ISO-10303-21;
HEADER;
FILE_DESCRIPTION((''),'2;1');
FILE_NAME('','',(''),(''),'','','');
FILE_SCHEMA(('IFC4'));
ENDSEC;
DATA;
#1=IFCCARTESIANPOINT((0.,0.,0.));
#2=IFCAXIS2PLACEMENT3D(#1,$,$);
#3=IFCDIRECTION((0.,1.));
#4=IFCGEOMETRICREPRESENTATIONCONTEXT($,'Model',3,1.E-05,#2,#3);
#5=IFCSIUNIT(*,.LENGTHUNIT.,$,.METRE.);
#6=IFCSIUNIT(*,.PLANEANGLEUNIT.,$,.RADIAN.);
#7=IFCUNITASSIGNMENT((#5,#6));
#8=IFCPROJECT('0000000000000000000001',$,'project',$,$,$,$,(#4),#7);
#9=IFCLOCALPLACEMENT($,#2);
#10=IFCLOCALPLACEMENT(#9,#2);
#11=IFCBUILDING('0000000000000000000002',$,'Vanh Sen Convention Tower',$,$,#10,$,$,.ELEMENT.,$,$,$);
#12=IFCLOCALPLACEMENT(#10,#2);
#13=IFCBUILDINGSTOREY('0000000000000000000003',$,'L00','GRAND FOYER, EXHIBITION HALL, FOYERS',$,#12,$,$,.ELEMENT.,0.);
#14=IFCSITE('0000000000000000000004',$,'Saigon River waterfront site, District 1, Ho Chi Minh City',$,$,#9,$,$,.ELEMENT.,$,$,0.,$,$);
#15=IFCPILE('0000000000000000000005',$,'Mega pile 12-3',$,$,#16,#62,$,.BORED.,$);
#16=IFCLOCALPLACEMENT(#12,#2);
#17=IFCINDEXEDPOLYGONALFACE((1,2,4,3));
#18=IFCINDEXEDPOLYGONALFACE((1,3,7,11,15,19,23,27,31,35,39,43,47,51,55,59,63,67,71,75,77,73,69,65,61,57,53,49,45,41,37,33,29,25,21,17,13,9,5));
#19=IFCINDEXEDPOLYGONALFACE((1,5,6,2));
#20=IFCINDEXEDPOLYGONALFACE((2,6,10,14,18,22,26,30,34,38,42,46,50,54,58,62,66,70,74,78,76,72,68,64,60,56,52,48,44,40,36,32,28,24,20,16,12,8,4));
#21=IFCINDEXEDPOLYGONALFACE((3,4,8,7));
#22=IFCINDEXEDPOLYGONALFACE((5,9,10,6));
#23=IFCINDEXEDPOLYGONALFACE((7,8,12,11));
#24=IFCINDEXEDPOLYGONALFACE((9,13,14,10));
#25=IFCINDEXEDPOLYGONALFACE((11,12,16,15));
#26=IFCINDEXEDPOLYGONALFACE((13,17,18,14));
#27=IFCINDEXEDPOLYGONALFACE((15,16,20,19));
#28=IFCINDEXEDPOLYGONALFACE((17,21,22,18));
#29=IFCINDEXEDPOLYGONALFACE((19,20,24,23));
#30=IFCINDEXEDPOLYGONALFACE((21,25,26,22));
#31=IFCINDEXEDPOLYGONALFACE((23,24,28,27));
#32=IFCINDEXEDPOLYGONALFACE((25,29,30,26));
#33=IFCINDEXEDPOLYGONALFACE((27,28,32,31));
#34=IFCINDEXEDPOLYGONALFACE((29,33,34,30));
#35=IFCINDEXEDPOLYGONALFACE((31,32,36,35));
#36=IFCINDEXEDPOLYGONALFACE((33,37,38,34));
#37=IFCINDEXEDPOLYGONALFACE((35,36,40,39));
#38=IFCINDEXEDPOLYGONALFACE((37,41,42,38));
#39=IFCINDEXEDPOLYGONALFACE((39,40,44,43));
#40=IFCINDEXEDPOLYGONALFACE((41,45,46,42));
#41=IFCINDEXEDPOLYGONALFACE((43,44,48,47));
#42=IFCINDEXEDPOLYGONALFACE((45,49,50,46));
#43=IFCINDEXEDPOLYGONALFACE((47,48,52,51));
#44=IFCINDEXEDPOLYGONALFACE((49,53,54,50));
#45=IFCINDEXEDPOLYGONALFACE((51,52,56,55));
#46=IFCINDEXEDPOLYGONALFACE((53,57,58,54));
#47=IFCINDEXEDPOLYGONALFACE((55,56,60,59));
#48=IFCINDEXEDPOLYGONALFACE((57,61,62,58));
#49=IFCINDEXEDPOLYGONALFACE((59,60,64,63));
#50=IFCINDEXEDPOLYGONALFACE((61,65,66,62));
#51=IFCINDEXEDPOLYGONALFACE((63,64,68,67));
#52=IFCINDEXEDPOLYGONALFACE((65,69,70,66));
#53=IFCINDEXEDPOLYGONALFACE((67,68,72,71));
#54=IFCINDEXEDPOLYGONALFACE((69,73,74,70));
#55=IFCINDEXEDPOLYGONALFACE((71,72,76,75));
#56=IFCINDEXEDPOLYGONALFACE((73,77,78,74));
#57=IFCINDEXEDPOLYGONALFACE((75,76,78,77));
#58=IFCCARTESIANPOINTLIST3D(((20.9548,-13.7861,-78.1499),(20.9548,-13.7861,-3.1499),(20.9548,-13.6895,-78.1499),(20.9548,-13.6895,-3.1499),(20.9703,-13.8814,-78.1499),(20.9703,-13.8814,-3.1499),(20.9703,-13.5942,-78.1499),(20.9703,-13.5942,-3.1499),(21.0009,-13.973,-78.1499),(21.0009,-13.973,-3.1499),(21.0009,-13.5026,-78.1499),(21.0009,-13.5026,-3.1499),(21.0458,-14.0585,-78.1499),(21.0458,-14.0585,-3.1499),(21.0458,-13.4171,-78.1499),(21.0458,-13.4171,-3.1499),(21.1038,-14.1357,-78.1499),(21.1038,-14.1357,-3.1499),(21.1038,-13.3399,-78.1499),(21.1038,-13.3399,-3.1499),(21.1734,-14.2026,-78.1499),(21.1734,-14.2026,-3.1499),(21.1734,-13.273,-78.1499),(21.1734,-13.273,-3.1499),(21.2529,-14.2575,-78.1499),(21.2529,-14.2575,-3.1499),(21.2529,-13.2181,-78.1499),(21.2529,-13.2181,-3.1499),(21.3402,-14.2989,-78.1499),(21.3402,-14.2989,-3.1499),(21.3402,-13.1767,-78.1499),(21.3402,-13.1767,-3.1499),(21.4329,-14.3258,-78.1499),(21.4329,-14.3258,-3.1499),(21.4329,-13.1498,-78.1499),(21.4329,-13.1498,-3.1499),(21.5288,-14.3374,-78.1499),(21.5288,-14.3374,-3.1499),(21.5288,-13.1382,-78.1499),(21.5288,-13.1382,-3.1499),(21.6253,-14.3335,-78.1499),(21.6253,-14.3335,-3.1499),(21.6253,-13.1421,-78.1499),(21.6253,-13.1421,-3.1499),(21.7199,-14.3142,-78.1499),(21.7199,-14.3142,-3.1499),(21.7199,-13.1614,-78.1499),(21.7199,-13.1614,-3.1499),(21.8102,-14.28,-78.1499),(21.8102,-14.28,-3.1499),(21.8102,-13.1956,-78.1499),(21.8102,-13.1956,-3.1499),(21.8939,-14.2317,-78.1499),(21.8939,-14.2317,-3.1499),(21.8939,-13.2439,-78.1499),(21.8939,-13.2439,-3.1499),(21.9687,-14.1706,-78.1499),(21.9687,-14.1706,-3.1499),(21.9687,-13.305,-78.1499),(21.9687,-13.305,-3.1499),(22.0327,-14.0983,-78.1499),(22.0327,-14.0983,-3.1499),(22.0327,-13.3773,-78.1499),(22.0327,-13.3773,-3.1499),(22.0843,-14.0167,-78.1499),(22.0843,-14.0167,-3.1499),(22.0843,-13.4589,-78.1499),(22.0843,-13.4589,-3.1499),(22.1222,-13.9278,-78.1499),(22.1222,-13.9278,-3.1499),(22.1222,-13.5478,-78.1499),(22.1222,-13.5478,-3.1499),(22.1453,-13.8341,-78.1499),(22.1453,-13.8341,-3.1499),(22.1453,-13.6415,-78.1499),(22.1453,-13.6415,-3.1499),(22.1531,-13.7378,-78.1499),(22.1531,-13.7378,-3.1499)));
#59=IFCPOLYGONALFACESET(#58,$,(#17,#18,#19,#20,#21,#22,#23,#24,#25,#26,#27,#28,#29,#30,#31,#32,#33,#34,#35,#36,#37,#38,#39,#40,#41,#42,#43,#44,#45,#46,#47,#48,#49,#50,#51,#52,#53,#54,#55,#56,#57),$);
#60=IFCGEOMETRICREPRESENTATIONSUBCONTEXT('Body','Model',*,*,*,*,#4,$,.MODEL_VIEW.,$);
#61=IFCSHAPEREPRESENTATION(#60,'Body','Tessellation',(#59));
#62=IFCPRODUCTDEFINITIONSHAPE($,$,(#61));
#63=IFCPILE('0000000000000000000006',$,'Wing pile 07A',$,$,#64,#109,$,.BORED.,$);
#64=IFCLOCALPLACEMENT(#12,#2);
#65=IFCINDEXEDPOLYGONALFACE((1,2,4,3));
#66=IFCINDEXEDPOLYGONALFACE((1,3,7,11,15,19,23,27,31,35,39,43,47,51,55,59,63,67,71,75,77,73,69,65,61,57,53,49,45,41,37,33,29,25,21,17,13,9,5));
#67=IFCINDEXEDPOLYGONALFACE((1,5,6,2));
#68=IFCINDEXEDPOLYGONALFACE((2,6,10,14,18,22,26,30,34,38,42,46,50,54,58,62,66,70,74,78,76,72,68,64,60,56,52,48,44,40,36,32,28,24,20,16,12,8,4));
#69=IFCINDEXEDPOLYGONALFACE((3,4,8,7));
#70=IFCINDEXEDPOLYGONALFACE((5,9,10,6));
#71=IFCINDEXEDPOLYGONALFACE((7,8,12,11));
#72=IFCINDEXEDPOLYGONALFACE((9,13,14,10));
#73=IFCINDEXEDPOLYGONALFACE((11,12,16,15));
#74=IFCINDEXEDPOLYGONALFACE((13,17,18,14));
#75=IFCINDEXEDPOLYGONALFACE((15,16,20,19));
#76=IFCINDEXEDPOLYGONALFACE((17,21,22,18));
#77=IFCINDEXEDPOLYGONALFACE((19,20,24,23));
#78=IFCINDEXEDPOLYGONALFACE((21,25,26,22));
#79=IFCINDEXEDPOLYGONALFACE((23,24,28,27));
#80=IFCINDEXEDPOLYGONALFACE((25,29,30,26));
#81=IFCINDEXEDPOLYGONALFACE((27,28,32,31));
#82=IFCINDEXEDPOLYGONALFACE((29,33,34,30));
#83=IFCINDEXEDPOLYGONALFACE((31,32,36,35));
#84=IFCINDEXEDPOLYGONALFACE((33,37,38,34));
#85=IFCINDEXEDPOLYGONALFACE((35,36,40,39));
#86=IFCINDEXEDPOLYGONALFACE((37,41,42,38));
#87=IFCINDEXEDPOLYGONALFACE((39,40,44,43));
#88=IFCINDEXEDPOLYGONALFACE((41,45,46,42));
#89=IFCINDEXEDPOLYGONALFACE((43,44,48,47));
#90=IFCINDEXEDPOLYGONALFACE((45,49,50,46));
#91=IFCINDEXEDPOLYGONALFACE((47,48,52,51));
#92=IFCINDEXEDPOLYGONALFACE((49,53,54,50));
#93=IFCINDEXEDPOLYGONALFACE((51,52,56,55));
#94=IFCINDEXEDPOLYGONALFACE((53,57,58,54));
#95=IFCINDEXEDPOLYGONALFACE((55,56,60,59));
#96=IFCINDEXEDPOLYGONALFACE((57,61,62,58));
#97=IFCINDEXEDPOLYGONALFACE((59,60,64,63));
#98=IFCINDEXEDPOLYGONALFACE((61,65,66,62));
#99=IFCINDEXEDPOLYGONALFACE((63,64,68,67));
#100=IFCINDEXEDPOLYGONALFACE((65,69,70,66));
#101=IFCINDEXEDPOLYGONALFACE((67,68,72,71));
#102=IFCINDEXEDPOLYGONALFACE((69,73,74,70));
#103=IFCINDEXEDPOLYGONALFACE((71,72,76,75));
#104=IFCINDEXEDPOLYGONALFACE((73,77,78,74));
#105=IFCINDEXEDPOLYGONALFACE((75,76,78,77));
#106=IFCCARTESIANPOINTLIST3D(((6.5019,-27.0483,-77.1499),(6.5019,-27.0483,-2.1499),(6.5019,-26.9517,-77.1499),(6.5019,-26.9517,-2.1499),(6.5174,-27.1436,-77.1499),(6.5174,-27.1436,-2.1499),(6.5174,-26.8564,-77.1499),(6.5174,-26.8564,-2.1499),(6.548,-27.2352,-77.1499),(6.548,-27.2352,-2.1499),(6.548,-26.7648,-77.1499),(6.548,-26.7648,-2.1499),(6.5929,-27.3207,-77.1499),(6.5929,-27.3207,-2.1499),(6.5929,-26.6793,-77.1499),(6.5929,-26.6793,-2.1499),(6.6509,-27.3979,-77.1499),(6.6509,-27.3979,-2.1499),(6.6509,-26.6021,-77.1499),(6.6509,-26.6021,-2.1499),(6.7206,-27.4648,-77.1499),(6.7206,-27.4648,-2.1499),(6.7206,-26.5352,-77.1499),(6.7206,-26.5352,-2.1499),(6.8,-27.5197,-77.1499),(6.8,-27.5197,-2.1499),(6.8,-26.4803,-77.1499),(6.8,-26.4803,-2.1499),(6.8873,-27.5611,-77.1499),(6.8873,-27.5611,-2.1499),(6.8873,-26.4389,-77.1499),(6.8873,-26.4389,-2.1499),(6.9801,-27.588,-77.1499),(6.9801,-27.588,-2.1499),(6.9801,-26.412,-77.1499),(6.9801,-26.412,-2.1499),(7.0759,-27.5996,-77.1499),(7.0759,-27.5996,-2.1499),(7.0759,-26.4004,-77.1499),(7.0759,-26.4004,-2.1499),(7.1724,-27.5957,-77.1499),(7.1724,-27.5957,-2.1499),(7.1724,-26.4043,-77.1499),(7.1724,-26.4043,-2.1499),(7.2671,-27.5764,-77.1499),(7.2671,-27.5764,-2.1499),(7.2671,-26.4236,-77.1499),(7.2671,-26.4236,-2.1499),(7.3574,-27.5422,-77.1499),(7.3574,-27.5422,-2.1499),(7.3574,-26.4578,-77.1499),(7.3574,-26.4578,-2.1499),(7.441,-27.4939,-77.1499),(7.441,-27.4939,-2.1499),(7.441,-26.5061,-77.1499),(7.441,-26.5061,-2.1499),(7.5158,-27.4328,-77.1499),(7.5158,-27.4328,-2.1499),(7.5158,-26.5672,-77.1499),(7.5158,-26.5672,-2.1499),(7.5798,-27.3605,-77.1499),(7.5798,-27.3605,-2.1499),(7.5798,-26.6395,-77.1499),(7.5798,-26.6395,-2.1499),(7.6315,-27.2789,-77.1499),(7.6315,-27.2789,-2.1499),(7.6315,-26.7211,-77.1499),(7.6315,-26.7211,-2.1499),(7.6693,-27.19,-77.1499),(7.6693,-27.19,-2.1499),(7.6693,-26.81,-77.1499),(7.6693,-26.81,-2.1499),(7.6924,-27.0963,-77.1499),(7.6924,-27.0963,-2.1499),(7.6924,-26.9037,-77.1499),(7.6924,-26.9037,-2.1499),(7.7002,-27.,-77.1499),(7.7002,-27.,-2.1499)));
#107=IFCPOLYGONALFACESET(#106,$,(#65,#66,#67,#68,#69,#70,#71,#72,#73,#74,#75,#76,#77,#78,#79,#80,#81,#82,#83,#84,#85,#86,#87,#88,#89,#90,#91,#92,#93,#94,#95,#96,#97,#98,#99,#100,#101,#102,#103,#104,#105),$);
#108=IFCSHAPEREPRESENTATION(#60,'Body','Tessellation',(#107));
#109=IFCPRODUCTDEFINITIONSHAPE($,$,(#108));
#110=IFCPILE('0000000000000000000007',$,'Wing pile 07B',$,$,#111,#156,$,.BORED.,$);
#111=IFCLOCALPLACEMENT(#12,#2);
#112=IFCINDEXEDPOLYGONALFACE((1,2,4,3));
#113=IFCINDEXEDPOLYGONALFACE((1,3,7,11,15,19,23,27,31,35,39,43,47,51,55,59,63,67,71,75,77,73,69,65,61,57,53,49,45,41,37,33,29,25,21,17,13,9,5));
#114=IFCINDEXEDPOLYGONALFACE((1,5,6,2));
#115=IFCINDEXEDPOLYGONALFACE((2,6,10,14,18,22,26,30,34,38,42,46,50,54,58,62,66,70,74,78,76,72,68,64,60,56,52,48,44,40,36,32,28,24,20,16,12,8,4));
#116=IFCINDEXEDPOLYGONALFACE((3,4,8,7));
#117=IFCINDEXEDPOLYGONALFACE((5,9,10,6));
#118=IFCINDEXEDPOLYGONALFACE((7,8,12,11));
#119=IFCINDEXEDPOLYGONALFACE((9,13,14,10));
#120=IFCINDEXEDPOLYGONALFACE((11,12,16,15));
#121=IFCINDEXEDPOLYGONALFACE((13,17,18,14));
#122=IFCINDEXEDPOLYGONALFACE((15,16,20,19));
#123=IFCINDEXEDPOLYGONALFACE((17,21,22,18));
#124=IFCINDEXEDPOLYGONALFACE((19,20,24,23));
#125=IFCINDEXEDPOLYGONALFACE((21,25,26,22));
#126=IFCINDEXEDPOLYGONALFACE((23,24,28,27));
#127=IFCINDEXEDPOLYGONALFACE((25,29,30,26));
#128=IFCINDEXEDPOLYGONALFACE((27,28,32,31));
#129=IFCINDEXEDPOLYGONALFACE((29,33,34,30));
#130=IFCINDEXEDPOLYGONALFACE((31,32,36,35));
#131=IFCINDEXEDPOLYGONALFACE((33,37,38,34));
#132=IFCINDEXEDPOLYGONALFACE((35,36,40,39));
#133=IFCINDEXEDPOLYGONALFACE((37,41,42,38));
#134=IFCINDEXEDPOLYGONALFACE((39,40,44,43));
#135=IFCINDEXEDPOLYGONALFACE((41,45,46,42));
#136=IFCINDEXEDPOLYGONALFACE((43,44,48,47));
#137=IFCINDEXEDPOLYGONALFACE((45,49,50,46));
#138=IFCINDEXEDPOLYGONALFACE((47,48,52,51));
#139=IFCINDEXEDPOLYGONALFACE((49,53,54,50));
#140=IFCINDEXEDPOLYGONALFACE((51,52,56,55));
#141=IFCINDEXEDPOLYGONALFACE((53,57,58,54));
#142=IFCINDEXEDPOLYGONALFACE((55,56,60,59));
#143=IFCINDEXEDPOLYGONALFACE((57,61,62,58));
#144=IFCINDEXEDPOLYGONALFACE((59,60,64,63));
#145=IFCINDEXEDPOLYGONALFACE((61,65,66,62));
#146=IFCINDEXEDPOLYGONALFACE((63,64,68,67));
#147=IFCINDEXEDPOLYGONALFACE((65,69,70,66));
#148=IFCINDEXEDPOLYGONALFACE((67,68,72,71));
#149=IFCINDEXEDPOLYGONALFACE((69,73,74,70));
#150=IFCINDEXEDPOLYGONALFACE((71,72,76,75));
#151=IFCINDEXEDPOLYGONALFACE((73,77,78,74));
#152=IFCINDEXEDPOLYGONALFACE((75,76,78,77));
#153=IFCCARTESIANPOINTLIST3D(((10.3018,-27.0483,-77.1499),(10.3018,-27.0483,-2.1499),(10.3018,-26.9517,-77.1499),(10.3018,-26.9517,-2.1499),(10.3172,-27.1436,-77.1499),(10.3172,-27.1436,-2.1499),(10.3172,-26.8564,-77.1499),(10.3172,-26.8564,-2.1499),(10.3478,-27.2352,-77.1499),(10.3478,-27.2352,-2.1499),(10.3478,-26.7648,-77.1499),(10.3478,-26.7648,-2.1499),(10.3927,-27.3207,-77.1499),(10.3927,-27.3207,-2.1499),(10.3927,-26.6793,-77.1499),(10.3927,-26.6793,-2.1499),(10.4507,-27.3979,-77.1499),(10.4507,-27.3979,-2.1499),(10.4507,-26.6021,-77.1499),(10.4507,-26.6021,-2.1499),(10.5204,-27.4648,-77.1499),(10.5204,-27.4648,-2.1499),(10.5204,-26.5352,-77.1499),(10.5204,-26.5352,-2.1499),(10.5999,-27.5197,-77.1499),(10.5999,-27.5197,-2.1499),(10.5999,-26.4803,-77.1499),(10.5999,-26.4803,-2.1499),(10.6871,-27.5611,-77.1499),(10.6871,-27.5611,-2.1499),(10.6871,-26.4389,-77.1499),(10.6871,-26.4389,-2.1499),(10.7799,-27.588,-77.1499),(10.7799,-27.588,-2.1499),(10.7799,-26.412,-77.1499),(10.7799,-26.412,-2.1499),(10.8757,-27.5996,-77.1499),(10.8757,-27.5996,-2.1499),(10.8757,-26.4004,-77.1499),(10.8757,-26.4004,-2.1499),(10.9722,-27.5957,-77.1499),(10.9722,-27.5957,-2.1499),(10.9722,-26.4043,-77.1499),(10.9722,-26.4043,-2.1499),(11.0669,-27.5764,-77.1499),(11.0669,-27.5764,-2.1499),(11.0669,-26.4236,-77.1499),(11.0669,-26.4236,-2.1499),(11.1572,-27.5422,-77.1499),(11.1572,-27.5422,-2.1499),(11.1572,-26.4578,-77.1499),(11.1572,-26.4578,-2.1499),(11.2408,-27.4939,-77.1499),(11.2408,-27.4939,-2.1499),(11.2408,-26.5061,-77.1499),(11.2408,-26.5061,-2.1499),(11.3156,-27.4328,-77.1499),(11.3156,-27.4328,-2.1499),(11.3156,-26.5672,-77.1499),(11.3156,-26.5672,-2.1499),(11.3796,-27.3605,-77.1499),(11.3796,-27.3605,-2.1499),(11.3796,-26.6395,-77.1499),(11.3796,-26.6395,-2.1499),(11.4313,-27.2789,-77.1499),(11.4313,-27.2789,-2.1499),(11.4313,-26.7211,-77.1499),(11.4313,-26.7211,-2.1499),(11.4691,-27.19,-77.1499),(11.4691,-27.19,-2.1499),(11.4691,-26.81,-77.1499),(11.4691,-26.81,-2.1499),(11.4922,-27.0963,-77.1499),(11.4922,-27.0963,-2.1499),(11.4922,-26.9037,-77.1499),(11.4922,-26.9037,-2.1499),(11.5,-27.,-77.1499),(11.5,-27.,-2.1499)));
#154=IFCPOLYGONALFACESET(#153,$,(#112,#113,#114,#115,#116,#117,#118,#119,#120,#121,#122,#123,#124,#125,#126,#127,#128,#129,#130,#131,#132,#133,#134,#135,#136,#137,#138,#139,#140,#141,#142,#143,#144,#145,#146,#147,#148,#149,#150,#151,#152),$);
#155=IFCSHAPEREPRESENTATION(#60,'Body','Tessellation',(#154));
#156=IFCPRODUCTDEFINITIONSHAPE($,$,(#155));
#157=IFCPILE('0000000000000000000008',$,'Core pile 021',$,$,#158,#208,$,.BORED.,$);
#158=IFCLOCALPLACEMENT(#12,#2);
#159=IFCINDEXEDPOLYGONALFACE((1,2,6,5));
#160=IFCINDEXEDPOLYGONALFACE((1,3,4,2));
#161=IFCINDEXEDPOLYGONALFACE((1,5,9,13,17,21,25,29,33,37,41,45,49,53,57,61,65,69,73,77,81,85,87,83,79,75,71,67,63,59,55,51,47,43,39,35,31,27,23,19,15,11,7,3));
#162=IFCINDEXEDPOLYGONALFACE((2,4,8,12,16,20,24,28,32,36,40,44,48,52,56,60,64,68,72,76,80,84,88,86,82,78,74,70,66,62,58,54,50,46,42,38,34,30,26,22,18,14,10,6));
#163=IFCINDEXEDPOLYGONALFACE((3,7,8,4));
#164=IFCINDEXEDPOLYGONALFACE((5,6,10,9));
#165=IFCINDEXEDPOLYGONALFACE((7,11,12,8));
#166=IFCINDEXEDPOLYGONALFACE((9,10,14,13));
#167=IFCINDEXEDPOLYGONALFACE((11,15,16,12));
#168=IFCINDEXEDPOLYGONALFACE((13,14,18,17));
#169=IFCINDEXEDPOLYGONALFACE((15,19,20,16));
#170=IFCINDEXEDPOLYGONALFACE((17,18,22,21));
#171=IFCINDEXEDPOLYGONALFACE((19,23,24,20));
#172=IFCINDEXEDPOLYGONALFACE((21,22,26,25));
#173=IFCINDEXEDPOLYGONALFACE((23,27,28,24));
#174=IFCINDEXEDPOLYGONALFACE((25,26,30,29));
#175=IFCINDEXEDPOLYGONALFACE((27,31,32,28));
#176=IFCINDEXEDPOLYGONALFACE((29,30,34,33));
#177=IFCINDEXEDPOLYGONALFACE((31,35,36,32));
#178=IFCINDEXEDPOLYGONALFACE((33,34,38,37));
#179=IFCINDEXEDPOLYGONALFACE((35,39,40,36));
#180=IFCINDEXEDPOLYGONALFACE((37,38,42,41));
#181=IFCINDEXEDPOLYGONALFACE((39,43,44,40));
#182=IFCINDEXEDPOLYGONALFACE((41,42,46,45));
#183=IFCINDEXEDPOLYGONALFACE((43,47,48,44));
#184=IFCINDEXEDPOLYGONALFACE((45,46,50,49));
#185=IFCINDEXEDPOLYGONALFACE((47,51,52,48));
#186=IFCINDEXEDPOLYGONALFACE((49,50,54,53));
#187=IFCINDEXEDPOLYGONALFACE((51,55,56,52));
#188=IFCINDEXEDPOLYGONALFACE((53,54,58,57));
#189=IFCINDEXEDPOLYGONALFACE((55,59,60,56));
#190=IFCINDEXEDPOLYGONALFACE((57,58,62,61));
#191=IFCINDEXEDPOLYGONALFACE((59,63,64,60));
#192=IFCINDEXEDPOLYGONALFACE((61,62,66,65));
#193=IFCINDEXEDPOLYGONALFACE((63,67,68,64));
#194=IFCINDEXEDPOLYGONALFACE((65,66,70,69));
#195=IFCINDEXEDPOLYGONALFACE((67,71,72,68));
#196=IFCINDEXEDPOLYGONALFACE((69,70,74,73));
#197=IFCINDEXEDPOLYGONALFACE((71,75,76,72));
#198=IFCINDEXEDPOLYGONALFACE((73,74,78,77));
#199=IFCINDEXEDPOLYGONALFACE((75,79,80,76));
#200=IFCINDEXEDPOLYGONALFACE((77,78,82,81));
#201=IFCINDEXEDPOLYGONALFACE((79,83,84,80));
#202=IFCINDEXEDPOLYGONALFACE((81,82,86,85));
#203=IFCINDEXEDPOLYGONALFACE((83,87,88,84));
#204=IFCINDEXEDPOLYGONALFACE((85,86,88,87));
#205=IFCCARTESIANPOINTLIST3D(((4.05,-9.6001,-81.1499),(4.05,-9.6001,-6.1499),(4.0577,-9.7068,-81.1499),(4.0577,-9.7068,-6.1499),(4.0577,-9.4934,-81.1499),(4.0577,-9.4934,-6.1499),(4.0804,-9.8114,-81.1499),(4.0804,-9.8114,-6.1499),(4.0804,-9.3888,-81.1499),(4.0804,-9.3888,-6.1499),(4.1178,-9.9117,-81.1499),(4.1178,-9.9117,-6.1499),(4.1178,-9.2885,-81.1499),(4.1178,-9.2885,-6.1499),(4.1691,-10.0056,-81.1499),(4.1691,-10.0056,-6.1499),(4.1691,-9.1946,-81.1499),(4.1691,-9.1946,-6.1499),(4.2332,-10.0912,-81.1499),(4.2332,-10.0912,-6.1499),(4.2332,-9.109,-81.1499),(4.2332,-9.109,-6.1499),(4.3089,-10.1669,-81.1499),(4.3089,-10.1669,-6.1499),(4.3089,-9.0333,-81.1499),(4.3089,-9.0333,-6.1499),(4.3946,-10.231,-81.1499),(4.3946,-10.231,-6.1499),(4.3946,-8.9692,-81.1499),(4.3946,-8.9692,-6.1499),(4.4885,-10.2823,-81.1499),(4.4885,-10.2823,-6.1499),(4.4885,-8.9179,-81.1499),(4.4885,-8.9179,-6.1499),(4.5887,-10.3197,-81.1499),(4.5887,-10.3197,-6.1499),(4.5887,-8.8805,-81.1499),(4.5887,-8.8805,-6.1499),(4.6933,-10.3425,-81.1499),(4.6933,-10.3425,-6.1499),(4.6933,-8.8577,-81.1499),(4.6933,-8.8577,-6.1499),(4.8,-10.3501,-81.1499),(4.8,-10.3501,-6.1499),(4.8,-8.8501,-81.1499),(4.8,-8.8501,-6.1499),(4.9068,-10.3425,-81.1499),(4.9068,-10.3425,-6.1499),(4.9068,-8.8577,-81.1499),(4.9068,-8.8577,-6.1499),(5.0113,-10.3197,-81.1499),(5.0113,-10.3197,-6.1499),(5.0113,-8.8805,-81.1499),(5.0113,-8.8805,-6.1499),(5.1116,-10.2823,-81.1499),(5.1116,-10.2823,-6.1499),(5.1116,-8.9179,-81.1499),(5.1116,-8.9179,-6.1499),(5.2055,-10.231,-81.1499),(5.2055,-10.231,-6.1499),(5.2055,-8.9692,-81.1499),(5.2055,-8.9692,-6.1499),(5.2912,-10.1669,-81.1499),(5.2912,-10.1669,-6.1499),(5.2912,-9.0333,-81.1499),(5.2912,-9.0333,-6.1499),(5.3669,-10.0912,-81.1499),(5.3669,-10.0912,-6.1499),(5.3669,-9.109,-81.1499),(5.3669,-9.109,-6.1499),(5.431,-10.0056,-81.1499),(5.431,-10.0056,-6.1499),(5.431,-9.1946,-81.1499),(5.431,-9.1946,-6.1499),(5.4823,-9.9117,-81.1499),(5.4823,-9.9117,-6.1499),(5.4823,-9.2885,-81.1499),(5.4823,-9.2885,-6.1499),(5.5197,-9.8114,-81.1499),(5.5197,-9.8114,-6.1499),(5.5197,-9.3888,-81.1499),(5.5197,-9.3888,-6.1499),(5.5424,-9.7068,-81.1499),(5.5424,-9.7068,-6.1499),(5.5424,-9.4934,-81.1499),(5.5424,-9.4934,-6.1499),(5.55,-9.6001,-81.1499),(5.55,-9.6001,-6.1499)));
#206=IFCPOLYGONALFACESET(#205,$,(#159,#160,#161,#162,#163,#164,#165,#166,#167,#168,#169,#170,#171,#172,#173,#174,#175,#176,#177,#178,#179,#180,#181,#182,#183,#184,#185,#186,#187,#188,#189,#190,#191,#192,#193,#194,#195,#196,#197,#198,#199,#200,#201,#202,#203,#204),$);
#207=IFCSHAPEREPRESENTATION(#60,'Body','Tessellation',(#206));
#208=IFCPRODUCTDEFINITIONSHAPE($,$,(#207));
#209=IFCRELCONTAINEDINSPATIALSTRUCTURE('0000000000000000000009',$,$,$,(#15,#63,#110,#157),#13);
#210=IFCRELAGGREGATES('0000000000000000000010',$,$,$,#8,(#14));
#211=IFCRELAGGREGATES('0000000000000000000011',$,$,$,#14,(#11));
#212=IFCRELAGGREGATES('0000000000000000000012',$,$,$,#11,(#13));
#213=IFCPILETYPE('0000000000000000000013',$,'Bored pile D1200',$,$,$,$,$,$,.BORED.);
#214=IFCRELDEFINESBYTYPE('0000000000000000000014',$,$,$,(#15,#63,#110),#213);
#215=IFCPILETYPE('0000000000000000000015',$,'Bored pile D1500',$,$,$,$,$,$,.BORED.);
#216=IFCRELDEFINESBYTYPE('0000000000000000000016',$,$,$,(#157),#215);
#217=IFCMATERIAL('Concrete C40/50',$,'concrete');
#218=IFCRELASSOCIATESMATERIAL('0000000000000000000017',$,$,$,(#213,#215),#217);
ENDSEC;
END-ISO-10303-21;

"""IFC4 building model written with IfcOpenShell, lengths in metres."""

from ifc_helpers import new_model, si_unit, direction, frame, origin, origin_2d, place, context, subcontext, project, spatial, circle, extrude, material, material_profile, profile_set, type_object, element, save


model = new_model("IFC4")

# Units and contexts
model_context = context("Model", 3, precision=1e-05, world=origin(), true_north=direction((0.0, 1.0)))
body_context = subcontext(model_context, "Body", "Model", "MODEL_VIEW")
ifc_project = project(units=[si_unit("LENGTHUNIT", "METRE"), si_unit("PLANEANGLEUNIT", "RADIAN")], contexts=[model_context])

# Site, building, storey
site_placement = place(None, origin())
site = spatial("IfcSite", under=ifc_project, at=site_placement, Name="Saigon River waterfront site, District 1, Ho Chi Minh City", CompositionType="ELEMENT", RefElevation=0.0)
building_placement = place(site_placement, origin())
building = spatial("IfcBuilding", under=site, at=building_placement, Name="Vanh Sen Convention Tower", CompositionType="ELEMENT")
storey_placement = place(building_placement, origin())
storey = spatial("IfcBuildingStorey", under=building, at=storey_placement, Name="L00", Description="GRAND FOYER, EXHIBITION HALL, FOYERS", CompositionType="ELEMENT", Elevation=0.0)

# Piles
ifc_material_1 = material(Name="Concrete C40/50", Category="concrete")
ifc_material_profile_1 = material_profile(ifc_material_1, circle(Radius=0.6001, at=origin_2d()), Name="Bored pile D1200")
ifc_profile_set_1 = profile_set([ifc_material_profile_1], Name="Concrete C40/50")
pile_type_1 = type_object("IfcPileType", Name="Bored pile D1200", PredefinedType="BORED", material=ifc_profile_set_1)
for number, where, z_axis, x_axis, name in (
    (1, (21.553, -13.7378, -3.1499), (0.0, 0.0, -1.0), (1.0, 0.0, 0.0), "Mega pile 12-3"),
    (2, (7.1001, -27.0, -2.1499), (0.0, 0.0, -1.0), (1.0, 0.0, 0.0), "Wing pile 07A"),
    (3, (10.8999, -27.0, -2.1499), (0.0, 0.0, -1.0), (1.0, 0.0, 0.0), "Wing pile 07B"),
):
    element("IfcPile", number, at=place(storey_placement, frame(where, z_axis=z_axis, x_axis=x_axis)), inside=storey, type_object=pile_type_1, Name=name, PredefinedType="BORED", context=body_context, shape_type="SweptSolid", body=[
        extrude(circle(Radius=0.6001, at=origin_2d()), origin(), (0.0, 0.0, 1.0), 75.0),
    ])
ifc_material_profile_2 = material_profile(ifc_material_1, circle(Radius=0.75, at=origin_2d()), Name="Bored pile D1500")
ifc_profile_set_2 = profile_set([ifc_material_profile_2], Name="Concrete C40/50")
pile_type_2 = type_object("IfcPileType", Name="Bored pile D1500", PredefinedType="BORED", material=ifc_profile_set_2)
pile_placement = place(storey_placement, frame((4.8, -9.6001, -6.1499), z_axis=(0.0, 0.0, -1.0), x_axis=(1.0, 0.0, 0.0)))
element("IfcPile", 4, at=pile_placement, inside=storey, type_object=pile_type_2, Name="Core pile 021", PredefinedType="BORED", context=body_context, shape_type="SweptSolid", body=[
    extrude(circle(Radius=0.75, at=origin_2d()), origin(), (0.0, 0.0, 1.0), 75.0),
])

save(model, "model.ifc")
